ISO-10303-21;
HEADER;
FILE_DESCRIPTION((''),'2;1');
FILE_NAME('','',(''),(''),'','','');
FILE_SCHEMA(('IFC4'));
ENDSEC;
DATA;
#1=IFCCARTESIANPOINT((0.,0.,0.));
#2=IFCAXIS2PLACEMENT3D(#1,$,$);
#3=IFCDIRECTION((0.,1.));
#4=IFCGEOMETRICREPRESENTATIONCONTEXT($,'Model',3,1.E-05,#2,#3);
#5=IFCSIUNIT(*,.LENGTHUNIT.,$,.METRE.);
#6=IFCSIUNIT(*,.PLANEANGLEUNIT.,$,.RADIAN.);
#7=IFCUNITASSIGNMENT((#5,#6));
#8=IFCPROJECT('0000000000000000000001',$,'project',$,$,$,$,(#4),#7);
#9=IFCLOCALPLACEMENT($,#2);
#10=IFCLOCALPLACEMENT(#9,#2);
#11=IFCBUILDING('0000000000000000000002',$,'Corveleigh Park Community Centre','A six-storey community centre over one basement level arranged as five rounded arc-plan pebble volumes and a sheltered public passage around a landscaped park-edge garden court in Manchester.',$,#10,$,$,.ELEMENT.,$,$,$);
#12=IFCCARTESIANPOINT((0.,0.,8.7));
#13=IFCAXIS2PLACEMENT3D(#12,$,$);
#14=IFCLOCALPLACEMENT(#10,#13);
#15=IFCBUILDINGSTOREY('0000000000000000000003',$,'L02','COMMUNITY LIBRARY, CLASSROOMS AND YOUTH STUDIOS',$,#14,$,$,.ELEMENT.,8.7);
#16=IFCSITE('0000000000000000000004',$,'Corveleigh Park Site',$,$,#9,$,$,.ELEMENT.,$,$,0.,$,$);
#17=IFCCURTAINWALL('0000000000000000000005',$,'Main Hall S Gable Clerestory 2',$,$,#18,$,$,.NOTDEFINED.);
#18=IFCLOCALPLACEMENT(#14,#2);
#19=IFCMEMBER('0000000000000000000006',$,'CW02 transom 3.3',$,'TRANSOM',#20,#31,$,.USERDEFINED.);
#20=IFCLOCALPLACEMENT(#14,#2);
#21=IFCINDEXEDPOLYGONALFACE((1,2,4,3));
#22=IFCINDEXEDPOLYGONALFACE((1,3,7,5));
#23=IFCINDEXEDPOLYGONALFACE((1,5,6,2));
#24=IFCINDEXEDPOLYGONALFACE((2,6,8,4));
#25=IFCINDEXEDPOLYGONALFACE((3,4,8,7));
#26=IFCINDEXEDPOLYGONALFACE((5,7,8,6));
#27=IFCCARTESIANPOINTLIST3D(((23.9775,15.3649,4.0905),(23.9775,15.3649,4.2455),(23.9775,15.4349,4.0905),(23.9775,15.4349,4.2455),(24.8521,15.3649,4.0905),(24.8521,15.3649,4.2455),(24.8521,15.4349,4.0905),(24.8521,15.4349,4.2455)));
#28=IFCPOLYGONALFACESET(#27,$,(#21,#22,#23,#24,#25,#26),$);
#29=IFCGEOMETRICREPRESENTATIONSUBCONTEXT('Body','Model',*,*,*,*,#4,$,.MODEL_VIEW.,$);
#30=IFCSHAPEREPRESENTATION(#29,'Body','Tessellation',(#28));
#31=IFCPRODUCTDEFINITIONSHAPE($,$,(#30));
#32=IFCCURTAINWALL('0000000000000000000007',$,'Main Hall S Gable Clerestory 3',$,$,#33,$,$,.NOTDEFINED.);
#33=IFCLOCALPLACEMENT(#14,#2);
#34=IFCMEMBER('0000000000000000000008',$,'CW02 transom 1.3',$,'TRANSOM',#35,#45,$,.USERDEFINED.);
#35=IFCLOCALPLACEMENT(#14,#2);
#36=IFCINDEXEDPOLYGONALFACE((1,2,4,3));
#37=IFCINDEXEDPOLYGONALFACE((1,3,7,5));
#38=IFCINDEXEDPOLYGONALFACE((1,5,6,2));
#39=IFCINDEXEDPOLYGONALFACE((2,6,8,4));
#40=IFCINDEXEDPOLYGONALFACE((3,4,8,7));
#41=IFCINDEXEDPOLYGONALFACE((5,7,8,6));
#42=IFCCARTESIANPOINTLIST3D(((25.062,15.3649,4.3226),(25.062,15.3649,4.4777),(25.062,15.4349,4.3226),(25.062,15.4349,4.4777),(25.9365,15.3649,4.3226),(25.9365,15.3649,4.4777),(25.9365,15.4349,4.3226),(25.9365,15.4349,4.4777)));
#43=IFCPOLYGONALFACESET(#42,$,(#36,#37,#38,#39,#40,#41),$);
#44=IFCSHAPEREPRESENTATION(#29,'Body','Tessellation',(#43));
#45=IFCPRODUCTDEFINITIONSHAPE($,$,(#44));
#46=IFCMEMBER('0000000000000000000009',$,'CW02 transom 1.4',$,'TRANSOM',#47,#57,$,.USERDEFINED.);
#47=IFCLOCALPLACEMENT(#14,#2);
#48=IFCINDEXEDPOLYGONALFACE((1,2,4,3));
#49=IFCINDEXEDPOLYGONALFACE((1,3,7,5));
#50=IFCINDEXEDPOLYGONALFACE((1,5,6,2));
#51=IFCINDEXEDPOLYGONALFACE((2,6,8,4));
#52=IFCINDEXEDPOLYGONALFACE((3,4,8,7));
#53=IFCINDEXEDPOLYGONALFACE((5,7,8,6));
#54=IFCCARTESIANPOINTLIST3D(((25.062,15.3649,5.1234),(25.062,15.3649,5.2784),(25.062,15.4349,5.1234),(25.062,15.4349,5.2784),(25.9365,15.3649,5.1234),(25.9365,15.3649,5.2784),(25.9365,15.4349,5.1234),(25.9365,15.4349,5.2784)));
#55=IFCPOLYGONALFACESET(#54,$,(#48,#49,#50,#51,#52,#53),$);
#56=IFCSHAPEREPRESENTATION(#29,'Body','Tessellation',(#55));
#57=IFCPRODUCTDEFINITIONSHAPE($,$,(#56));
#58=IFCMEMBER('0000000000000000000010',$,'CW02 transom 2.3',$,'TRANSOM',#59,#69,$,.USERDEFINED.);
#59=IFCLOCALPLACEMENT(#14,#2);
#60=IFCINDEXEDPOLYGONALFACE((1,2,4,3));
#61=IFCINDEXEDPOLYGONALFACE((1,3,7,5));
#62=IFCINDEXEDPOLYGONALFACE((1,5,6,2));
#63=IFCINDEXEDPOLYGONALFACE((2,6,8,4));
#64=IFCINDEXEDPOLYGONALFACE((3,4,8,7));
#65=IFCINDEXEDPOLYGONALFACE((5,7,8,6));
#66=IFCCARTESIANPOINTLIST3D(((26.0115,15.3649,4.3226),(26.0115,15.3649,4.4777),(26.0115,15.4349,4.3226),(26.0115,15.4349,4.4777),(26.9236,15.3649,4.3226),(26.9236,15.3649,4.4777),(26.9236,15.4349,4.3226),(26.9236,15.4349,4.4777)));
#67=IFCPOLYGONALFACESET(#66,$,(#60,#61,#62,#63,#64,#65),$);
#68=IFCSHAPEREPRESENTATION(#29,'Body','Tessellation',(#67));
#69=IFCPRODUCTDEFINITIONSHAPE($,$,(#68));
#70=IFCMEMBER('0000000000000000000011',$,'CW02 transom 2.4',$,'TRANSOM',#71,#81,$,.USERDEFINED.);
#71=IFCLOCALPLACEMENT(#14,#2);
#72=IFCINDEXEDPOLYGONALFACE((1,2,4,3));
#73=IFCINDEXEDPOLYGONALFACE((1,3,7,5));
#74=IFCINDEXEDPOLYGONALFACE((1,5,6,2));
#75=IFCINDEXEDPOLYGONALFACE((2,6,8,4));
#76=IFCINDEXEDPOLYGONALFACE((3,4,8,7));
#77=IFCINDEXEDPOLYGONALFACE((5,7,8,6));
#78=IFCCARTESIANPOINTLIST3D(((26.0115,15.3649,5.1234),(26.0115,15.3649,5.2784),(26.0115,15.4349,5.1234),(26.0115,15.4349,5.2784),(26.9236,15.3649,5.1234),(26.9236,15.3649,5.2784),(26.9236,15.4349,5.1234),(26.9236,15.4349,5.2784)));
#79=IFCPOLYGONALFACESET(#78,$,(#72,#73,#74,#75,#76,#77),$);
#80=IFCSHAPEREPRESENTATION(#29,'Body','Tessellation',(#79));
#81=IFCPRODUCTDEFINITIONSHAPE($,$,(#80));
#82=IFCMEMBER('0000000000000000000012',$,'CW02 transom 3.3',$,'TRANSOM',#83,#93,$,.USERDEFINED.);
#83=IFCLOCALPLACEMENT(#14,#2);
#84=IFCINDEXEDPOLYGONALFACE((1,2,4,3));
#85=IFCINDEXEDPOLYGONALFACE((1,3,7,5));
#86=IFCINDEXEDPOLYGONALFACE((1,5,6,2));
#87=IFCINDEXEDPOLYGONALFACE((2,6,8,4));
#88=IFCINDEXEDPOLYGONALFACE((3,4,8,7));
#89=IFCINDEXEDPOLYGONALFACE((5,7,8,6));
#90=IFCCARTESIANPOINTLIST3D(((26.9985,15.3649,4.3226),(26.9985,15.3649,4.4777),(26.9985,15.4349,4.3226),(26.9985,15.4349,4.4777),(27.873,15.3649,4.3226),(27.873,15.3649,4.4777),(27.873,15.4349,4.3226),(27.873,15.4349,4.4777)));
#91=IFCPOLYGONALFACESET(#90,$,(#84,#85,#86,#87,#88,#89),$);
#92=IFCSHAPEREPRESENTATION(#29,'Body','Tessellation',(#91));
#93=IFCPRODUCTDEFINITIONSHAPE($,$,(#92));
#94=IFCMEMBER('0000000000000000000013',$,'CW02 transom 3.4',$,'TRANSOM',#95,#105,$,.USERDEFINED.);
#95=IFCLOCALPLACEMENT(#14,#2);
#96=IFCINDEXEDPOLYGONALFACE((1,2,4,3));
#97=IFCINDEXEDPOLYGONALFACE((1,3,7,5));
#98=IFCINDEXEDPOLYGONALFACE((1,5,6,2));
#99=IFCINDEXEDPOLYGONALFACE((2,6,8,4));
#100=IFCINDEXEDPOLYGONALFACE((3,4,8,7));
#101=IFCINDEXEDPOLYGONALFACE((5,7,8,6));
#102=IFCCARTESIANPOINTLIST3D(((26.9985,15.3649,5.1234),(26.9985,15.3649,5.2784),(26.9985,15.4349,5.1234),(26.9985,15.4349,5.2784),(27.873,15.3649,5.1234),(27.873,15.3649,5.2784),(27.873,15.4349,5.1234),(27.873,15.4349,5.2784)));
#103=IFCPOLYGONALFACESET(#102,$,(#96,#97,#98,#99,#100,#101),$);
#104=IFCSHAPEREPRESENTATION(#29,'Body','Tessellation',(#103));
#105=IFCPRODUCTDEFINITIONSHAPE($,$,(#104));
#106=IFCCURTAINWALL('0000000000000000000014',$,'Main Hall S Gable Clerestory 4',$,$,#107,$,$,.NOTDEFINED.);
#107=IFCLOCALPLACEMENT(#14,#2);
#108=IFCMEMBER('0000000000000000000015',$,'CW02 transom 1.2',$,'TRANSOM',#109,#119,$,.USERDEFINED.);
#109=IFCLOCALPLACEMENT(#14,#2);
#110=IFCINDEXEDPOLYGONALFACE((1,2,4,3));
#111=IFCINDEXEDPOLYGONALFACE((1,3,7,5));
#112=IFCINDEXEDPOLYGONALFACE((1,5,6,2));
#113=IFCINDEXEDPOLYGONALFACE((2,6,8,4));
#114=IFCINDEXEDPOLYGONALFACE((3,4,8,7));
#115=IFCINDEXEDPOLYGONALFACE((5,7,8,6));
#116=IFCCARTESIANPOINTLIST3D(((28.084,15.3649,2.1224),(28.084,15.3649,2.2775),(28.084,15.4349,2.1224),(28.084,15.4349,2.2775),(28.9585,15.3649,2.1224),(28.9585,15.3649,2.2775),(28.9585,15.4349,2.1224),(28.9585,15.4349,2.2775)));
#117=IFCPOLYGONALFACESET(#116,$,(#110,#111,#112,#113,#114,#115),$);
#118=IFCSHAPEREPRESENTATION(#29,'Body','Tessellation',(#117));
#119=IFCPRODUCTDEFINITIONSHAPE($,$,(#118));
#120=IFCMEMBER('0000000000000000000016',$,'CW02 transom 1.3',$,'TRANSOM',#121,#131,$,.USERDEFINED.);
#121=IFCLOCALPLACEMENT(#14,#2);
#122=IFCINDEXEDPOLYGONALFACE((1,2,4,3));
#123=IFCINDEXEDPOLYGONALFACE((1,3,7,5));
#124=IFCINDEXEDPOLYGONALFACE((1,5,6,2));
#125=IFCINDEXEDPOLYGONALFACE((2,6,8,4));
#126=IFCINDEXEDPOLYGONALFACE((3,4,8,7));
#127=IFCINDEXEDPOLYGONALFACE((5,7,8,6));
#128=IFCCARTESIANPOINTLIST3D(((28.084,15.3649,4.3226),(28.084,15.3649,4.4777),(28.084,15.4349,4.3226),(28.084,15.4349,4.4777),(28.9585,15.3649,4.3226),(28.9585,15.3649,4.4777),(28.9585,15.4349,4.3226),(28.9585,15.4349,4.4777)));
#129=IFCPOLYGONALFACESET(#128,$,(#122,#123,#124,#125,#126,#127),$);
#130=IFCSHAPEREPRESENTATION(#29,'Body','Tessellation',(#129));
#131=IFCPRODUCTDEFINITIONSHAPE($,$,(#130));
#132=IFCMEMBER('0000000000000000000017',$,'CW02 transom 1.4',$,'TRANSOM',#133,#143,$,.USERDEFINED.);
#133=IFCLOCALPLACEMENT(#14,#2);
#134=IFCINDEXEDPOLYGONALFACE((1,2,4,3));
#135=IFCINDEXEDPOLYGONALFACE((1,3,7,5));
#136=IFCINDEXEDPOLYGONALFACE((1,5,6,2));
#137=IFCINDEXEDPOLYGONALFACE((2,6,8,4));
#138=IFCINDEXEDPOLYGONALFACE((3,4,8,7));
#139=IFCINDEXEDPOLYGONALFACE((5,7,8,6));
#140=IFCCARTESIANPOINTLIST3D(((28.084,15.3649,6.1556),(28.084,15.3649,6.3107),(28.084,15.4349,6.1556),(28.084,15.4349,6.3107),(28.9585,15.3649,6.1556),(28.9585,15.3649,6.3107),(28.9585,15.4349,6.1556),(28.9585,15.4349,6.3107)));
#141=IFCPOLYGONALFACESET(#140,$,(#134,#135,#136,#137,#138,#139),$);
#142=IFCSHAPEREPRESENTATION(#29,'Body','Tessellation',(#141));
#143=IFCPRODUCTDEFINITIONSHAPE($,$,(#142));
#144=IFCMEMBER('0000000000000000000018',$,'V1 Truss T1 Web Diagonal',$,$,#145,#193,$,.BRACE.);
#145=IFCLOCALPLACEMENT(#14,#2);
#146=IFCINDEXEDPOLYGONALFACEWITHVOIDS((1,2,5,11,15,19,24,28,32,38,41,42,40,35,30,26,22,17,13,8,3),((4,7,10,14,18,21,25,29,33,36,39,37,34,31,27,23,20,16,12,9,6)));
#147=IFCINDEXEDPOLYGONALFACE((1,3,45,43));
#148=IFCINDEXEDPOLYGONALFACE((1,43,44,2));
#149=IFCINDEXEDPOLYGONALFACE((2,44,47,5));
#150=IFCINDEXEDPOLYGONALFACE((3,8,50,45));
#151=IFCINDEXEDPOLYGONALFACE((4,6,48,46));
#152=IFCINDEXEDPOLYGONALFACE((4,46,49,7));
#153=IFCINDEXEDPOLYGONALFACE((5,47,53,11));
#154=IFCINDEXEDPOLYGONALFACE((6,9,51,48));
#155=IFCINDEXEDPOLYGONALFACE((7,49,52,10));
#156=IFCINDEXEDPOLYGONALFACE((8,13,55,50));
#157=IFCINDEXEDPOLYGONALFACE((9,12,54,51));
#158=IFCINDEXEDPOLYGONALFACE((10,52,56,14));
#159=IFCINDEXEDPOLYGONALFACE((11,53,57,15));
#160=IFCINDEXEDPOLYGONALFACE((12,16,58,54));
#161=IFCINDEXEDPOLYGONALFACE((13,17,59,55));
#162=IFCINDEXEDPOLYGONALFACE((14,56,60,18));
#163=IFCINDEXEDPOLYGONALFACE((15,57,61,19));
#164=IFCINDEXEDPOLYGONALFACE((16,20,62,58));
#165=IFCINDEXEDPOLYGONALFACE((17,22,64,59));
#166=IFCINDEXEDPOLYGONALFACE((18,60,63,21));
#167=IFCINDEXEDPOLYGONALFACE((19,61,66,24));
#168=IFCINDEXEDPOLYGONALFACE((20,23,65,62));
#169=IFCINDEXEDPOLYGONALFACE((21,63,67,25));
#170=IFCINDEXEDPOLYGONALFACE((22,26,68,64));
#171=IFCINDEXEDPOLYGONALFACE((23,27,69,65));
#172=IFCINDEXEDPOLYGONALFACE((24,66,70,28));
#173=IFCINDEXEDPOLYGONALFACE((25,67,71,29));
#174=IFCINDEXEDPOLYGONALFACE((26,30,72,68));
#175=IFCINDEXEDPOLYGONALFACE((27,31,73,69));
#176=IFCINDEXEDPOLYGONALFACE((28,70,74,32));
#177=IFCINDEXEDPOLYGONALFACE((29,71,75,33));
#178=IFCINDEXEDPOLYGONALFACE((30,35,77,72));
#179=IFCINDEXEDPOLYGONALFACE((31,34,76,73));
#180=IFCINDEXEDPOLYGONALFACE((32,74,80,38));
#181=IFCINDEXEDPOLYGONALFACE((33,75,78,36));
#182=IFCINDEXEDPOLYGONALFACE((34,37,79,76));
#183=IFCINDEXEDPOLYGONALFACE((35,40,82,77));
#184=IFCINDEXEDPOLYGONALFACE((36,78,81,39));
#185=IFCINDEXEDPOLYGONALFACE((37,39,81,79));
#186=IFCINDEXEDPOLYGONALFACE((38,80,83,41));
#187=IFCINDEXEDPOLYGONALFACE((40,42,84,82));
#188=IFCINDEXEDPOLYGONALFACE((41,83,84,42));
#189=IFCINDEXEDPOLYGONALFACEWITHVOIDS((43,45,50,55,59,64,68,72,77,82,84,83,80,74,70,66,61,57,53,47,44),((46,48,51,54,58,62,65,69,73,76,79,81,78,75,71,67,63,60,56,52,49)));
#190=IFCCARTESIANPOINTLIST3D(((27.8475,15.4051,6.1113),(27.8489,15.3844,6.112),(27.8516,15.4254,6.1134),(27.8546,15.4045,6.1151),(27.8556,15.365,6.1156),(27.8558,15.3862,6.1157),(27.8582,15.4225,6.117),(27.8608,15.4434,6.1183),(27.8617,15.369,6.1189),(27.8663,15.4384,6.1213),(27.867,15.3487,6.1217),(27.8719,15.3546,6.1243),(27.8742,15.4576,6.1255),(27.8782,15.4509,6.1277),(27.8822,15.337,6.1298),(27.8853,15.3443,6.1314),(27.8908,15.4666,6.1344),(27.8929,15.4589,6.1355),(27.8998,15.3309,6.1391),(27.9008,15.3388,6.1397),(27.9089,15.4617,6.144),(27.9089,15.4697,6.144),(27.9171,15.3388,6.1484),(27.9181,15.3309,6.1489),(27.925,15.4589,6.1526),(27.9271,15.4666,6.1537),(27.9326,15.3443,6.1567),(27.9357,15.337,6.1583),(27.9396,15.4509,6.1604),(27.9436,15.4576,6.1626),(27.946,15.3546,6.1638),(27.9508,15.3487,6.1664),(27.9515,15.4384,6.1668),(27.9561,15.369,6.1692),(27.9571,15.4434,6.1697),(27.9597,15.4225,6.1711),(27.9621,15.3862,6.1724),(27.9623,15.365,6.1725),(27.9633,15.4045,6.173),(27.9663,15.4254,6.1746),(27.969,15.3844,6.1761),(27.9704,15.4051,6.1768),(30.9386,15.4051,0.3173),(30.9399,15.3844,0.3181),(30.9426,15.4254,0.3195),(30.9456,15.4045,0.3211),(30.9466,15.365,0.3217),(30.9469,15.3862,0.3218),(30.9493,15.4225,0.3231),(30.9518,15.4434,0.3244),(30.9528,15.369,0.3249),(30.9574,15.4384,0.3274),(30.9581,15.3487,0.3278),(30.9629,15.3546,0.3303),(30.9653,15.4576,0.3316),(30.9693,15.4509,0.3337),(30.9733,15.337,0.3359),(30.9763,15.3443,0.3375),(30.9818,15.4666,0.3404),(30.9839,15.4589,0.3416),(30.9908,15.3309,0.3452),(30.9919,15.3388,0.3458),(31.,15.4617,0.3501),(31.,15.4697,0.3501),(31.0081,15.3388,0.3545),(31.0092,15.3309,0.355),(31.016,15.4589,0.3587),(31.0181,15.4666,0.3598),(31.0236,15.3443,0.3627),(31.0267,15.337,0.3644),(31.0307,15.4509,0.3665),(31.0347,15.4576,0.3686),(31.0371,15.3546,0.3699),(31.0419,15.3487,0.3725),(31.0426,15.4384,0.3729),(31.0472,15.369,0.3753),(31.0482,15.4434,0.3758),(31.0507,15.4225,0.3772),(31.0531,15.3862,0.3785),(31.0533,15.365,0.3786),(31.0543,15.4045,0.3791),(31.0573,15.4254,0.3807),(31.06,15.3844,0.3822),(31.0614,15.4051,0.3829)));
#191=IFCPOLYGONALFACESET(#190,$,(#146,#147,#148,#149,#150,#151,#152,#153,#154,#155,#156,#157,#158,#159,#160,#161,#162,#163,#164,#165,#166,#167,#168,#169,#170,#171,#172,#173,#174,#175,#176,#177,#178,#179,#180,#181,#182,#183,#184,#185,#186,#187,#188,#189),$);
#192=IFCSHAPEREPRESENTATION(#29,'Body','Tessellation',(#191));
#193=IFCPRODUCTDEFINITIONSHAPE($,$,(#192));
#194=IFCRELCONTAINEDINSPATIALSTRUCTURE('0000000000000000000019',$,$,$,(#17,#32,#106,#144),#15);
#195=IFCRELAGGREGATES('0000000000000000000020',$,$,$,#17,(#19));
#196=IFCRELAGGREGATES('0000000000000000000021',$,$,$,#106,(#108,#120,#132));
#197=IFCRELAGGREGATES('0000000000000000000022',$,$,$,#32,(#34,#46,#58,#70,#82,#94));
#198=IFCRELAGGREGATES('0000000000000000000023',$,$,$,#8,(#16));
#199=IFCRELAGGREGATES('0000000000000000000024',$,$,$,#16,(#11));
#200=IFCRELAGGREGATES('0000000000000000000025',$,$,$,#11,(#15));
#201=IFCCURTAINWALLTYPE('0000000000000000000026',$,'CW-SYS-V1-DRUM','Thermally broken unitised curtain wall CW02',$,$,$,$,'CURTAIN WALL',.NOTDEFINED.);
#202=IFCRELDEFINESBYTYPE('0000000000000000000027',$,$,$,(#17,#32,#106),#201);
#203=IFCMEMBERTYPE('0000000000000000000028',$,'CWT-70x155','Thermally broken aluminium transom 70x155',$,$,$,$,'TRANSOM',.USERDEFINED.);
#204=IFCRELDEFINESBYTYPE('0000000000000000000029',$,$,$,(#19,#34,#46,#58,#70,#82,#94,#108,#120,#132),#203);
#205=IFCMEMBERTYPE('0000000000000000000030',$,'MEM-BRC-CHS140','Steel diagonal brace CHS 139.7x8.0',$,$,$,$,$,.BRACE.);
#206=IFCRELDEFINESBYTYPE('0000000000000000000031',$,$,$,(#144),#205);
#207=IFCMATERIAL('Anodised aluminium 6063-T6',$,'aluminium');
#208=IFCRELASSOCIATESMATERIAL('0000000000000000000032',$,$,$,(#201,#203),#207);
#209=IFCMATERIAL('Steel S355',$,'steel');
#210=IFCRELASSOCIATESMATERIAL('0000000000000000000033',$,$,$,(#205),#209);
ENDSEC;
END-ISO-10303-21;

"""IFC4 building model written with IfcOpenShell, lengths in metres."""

from ifc_helpers import new_model, si_unit, direction, frame, origin, origin_2d, place, context, subcontext, project, spatial, rectangle, hollow_circle, extrude, material, material_profile, profile_set, type_object, element, aggregate, save


model = new_model("IFC4")

# Units and contexts
model_context = context("Model", 3, precision=1e-05, world=origin(), true_north=direction((0.0, 1.0)))
body_context = subcontext(model_context, "Body", "Model", "MODEL_VIEW")
ifc_project = project(units=[si_unit("LENGTHUNIT", "METRE"), si_unit("PLANEANGLEUNIT", "RADIAN")], contexts=[model_context])

# Site, building, storey
site_placement = place(None, origin())
site = spatial("IfcSite", under=ifc_project, at=site_placement, Name="Corveleigh Park Site", CompositionType="ELEMENT", RefElevation=0.0)
building_placement = place(site_placement, origin())
building = spatial("IfcBuilding", under=site, at=building_placement, Name="Corveleigh Park Community Centre", Description="A six-storey community centre over one basement level arranged as five rounded arc-plan pebble volumes and a sheltered public passage around a landscaped park-edge garden court in Manchester.", CompositionType="ELEMENT")
storey_placement = place(building_placement, frame((0.0, 0.0, 8.7)))
storey = spatial("IfcBuildingStorey", under=building, at=storey_placement, Name="L02", Description="COMMUNITY LIBRARY, CLASSROOMS AND YOUTH STUDIOS", CompositionType="ELEMENT", Elevation=8.7)

# Curtain wall, member
ifc_material_1 = material(Name="Anodised aluminium 6063-T6", Category="aluminium")
curtain_wall_type = type_object("IfcCurtainWallType", Name="CW-SYS-V1-DRUM", Description="Thermally broken unitised curtain wall CW02", ElementType="CURTAIN WALL", PredefinedType="NOTDEFINED", material=ifc_material_1)
curtain_wall_1_placement = place(storey_placement, origin())
curtain_wall_1 = element("IfcCurtainWall", 1, at=curtain_wall_1_placement, inside=storey, type_object=curtain_wall_type, Name="Main Hall S Gable Clerestory 2", PredefinedType="NOTDEFINED")
ifc_material_profile_1 = material_profile(ifc_material_1, rectangle(XDim=0.0701, YDim=0.155, at=origin_2d()), Name="ALU-T70x155", Category="aluminium")
ifc_profile_set_1 = profile_set([ifc_material_profile_1], Name="Anodised aluminium 6063-T6")
member_type_1 = type_object("IfcMemberType", Name="CWT-70x155", Description="Thermally broken aluminium transom 70x155", ElementType="TRANSOM", PredefinedType="USERDEFINED", material=ifc_profile_set_1)
member_1_placement = place(storey_placement, frame((23.9775, 15.3999, 4.168), z_axis=(1.0, 0.0, 0.0), x_axis=(0.0, 1.0, 0.0)))
member_1 = element("IfcMember", 2, at=member_1_placement, type_object=member_type_1, Name="CW02 transom 3.3", ObjectType="TRANSOM", PredefinedType="USERDEFINED", context=body_context, shape_type="SweptSolid", body=[
    extrude(rectangle(XDim=0.0701, YDim=0.155, at=origin_2d()), origin(), (0.0, 0.0, 1.0), 0.8745),
])
aggregate(curtain_wall_1, [member_1])

# Curtain walls, members
curtain_wall_2_placement = place(storey_placement, origin())
curtain_wall_2 = element("IfcCurtainWall", 3, at=curtain_wall_2_placement, inside=storey, type_object=curtain_wall_type, Name="Main Hall S Gable Clerestory 3", PredefinedType="NOTDEFINED")
member_2_placement = place(storey_placement, frame((25.062, 15.3999, 4.4001), z_axis=(1.0, 0.0, 0.0), x_axis=(0.0, 1.0, 0.0)))
member_2 = element("IfcMember", 4, at=member_2_placement, type_object=member_type_1, Name="CW02 transom 1.3", ObjectType="TRANSOM", PredefinedType="USERDEFINED", context=body_context, shape_type="SweptSolid", body=[
    extrude(rectangle(XDim=0.0701, YDim=0.155, at=origin_2d()), origin(), (0.0, 0.0, 1.0), 0.8745),
])
member_3_placement = place(storey_placement, frame((25.062, 15.3999, 5.2009), z_axis=(1.0, 0.0, 0.0), x_axis=(0.0, 1.0, 0.0)))
member_3 = element("IfcMember", 5, at=member_3_placement, type_object=member_type_1, Name="CW02 transom 1.4", ObjectType="TRANSOM", PredefinedType="USERDEFINED", context=body_context, shape_type="SweptSolid", body=[
    extrude(rectangle(XDim=0.0701, YDim=0.155, at=origin_2d()), origin(), (0.0, 0.0, 1.0), 0.8745),
])
member_4_placement = place(storey_placement, frame((26.0115, 15.3999, 4.4001), z_axis=(1.0, 0.0, 0.0), x_axis=(0.0, 1.0, 0.0)))
member_4 = element("IfcMember", 6, at=member_4_placement, type_object=member_type_1, Name="CW02 transom 2.3", ObjectType="TRANSOM", PredefinedType="USERDEFINED", context=body_context, shape_type="SweptSolid", body=[
    extrude(rectangle(XDim=0.0701, YDim=0.155, at=origin_2d()), origin(), (0.0, 0.0, 1.0), 0.9121),
])
member_5_placement = place(storey_placement, frame((26.0115, 15.3999, 5.2009), z_axis=(1.0, 0.0, 0.0), x_axis=(0.0, 1.0, 0.0)))
member_5 = element("IfcMember", 7, at=member_5_placement, type_object=member_type_1, Name="CW02 transom 2.4", ObjectType="TRANSOM", PredefinedType="USERDEFINED", context=body_context, shape_type="SweptSolid", body=[
    extrude(rectangle(XDim=0.0701, YDim=0.155, at=origin_2d()), origin(), (0.0, 0.0, 1.0), 0.9121),
])
member_6_placement = place(storey_placement, frame((26.9985, 15.3999, 4.4001), z_axis=(1.0, 0.0, 0.0), x_axis=(0.0, 1.0, 0.0)))
member_6 = element("IfcMember", 8, at=member_6_placement, type_object=member_type_1, Name="CW02 transom 3.3", ObjectType="TRANSOM", PredefinedType="USERDEFINED", context=body_context, shape_type="SweptSolid", body=[
    extrude(rectangle(XDim=0.0701, YDim=0.155, at=origin_2d()), origin(), (0.0, 0.0, 1.0), 0.8745),
])
member_7_placement = place(storey_placement, frame((26.9985, 15.3999, 5.2009), z_axis=(1.0, 0.0, 0.0), x_axis=(0.0, 1.0, 0.0)))
member_7 = element("IfcMember", 9, at=member_7_placement, type_object=member_type_1, Name="CW02 transom 3.4", ObjectType="TRANSOM", PredefinedType="USERDEFINED", context=body_context, shape_type="SweptSolid", body=[
    extrude(rectangle(XDim=0.0701, YDim=0.155, at=origin_2d()), origin(), (0.0, 0.0, 1.0), 0.8745),
])
curtain_wall_3_placement = place(storey_placement, origin())
curtain_wall_3 = element("IfcCurtainWall", 10, at=curtain_wall_3_placement, inside=storey, type_object=curtain_wall_type, Name="Main Hall S Gable Clerestory 4", PredefinedType="NOTDEFINED")
member_8_placement = place(storey_placement, frame((28.084, 15.3999, 2.2), z_axis=(1.0, 0.0, 0.0), x_axis=(0.0, 1.0, 0.0)))
member_8 = element("IfcMember", 11, at=member_8_placement, type_object=member_type_1, Name="CW02 transom 1.2", ObjectType="TRANSOM", PredefinedType="USERDEFINED", context=body_context, shape_type="SweptSolid", body=[
    extrude(rectangle(XDim=0.0701, YDim=0.155, at=origin_2d()), origin(), (0.0, 0.0, 1.0), 0.8745),
])
member_9_placement = place(storey_placement, frame((28.084, 15.3999, 4.4001), z_axis=(1.0, 0.0, 0.0), x_axis=(0.0, 1.0, 0.0)))
member_9 = element("IfcMember", 12, at=member_9_placement, type_object=member_type_1, Name="CW02 transom 1.3", ObjectType="TRANSOM", PredefinedType="USERDEFINED", context=body_context, shape_type="SweptSolid", body=[
    extrude(rectangle(XDim=0.0701, YDim=0.155, at=origin_2d()), origin(), (0.0, 0.0, 1.0), 0.8745),
])
member_10_placement = place(storey_placement, frame((28.084, 15.3999, 6.2332), z_axis=(1.0, 0.0, 0.0), x_axis=(0.0, 1.0, 0.0)))
member_10 = element("IfcMember", 13, at=member_10_placement, type_object=member_type_1, Name="CW02 transom 1.4", ObjectType="TRANSOM", PredefinedType="USERDEFINED", context=body_context, shape_type="SweptSolid", body=[
    extrude(rectangle(XDim=0.0701, YDim=0.155, at=origin_2d()), origin(), (0.0, 0.0, 1.0), 0.8745),
])
aggregate(curtain_wall_3, [member_8, member_9, member_10])

# Member
ifc_material_2 = material(Name="Steel S355", Category="steel")
ifc_material_profile_2 = material_profile(ifc_material_2, hollow_circle(Radius=0.0698, WallThickness=0.0081, at=origin_2d()), Name="CHS 139.7x8.0", Category="steel")
ifc_profile_set_2 = profile_set([ifc_material_profile_2], Name="Steel S355")
member_type_2 = type_object("IfcMemberType", Name="MEM-BRC-CHS140", Description="Steel diagonal brace CHS 139.7x8.0", PredefinedType="BRACE", material=ifc_profile_set_2)
member_11_placement = place(storey_placement, frame((27.9089, 15.3999, 6.144), z_axis=(0.470702, 0.0, -0.882292), x_axis=(0.0, 1.0, 0.0)))
element("IfcMember", 14, at=member_11_placement, inside=storey, type_object=member_type_2, Name="V1 Truss T1 Web Diagonal", PredefinedType="BRACE", context=body_context, shape_type="SweptSolid", body=[
    extrude(hollow_circle(Radius=0.0698, WallThickness=0.0081, at=origin_2d()), origin(), (0.0, 0.0, 1.0), 6.5669),
])

aggregate(curtain_wall_2, [member_2, member_3, member_4, member_5, member_6, member_7])

save(model, "model.ifc")
